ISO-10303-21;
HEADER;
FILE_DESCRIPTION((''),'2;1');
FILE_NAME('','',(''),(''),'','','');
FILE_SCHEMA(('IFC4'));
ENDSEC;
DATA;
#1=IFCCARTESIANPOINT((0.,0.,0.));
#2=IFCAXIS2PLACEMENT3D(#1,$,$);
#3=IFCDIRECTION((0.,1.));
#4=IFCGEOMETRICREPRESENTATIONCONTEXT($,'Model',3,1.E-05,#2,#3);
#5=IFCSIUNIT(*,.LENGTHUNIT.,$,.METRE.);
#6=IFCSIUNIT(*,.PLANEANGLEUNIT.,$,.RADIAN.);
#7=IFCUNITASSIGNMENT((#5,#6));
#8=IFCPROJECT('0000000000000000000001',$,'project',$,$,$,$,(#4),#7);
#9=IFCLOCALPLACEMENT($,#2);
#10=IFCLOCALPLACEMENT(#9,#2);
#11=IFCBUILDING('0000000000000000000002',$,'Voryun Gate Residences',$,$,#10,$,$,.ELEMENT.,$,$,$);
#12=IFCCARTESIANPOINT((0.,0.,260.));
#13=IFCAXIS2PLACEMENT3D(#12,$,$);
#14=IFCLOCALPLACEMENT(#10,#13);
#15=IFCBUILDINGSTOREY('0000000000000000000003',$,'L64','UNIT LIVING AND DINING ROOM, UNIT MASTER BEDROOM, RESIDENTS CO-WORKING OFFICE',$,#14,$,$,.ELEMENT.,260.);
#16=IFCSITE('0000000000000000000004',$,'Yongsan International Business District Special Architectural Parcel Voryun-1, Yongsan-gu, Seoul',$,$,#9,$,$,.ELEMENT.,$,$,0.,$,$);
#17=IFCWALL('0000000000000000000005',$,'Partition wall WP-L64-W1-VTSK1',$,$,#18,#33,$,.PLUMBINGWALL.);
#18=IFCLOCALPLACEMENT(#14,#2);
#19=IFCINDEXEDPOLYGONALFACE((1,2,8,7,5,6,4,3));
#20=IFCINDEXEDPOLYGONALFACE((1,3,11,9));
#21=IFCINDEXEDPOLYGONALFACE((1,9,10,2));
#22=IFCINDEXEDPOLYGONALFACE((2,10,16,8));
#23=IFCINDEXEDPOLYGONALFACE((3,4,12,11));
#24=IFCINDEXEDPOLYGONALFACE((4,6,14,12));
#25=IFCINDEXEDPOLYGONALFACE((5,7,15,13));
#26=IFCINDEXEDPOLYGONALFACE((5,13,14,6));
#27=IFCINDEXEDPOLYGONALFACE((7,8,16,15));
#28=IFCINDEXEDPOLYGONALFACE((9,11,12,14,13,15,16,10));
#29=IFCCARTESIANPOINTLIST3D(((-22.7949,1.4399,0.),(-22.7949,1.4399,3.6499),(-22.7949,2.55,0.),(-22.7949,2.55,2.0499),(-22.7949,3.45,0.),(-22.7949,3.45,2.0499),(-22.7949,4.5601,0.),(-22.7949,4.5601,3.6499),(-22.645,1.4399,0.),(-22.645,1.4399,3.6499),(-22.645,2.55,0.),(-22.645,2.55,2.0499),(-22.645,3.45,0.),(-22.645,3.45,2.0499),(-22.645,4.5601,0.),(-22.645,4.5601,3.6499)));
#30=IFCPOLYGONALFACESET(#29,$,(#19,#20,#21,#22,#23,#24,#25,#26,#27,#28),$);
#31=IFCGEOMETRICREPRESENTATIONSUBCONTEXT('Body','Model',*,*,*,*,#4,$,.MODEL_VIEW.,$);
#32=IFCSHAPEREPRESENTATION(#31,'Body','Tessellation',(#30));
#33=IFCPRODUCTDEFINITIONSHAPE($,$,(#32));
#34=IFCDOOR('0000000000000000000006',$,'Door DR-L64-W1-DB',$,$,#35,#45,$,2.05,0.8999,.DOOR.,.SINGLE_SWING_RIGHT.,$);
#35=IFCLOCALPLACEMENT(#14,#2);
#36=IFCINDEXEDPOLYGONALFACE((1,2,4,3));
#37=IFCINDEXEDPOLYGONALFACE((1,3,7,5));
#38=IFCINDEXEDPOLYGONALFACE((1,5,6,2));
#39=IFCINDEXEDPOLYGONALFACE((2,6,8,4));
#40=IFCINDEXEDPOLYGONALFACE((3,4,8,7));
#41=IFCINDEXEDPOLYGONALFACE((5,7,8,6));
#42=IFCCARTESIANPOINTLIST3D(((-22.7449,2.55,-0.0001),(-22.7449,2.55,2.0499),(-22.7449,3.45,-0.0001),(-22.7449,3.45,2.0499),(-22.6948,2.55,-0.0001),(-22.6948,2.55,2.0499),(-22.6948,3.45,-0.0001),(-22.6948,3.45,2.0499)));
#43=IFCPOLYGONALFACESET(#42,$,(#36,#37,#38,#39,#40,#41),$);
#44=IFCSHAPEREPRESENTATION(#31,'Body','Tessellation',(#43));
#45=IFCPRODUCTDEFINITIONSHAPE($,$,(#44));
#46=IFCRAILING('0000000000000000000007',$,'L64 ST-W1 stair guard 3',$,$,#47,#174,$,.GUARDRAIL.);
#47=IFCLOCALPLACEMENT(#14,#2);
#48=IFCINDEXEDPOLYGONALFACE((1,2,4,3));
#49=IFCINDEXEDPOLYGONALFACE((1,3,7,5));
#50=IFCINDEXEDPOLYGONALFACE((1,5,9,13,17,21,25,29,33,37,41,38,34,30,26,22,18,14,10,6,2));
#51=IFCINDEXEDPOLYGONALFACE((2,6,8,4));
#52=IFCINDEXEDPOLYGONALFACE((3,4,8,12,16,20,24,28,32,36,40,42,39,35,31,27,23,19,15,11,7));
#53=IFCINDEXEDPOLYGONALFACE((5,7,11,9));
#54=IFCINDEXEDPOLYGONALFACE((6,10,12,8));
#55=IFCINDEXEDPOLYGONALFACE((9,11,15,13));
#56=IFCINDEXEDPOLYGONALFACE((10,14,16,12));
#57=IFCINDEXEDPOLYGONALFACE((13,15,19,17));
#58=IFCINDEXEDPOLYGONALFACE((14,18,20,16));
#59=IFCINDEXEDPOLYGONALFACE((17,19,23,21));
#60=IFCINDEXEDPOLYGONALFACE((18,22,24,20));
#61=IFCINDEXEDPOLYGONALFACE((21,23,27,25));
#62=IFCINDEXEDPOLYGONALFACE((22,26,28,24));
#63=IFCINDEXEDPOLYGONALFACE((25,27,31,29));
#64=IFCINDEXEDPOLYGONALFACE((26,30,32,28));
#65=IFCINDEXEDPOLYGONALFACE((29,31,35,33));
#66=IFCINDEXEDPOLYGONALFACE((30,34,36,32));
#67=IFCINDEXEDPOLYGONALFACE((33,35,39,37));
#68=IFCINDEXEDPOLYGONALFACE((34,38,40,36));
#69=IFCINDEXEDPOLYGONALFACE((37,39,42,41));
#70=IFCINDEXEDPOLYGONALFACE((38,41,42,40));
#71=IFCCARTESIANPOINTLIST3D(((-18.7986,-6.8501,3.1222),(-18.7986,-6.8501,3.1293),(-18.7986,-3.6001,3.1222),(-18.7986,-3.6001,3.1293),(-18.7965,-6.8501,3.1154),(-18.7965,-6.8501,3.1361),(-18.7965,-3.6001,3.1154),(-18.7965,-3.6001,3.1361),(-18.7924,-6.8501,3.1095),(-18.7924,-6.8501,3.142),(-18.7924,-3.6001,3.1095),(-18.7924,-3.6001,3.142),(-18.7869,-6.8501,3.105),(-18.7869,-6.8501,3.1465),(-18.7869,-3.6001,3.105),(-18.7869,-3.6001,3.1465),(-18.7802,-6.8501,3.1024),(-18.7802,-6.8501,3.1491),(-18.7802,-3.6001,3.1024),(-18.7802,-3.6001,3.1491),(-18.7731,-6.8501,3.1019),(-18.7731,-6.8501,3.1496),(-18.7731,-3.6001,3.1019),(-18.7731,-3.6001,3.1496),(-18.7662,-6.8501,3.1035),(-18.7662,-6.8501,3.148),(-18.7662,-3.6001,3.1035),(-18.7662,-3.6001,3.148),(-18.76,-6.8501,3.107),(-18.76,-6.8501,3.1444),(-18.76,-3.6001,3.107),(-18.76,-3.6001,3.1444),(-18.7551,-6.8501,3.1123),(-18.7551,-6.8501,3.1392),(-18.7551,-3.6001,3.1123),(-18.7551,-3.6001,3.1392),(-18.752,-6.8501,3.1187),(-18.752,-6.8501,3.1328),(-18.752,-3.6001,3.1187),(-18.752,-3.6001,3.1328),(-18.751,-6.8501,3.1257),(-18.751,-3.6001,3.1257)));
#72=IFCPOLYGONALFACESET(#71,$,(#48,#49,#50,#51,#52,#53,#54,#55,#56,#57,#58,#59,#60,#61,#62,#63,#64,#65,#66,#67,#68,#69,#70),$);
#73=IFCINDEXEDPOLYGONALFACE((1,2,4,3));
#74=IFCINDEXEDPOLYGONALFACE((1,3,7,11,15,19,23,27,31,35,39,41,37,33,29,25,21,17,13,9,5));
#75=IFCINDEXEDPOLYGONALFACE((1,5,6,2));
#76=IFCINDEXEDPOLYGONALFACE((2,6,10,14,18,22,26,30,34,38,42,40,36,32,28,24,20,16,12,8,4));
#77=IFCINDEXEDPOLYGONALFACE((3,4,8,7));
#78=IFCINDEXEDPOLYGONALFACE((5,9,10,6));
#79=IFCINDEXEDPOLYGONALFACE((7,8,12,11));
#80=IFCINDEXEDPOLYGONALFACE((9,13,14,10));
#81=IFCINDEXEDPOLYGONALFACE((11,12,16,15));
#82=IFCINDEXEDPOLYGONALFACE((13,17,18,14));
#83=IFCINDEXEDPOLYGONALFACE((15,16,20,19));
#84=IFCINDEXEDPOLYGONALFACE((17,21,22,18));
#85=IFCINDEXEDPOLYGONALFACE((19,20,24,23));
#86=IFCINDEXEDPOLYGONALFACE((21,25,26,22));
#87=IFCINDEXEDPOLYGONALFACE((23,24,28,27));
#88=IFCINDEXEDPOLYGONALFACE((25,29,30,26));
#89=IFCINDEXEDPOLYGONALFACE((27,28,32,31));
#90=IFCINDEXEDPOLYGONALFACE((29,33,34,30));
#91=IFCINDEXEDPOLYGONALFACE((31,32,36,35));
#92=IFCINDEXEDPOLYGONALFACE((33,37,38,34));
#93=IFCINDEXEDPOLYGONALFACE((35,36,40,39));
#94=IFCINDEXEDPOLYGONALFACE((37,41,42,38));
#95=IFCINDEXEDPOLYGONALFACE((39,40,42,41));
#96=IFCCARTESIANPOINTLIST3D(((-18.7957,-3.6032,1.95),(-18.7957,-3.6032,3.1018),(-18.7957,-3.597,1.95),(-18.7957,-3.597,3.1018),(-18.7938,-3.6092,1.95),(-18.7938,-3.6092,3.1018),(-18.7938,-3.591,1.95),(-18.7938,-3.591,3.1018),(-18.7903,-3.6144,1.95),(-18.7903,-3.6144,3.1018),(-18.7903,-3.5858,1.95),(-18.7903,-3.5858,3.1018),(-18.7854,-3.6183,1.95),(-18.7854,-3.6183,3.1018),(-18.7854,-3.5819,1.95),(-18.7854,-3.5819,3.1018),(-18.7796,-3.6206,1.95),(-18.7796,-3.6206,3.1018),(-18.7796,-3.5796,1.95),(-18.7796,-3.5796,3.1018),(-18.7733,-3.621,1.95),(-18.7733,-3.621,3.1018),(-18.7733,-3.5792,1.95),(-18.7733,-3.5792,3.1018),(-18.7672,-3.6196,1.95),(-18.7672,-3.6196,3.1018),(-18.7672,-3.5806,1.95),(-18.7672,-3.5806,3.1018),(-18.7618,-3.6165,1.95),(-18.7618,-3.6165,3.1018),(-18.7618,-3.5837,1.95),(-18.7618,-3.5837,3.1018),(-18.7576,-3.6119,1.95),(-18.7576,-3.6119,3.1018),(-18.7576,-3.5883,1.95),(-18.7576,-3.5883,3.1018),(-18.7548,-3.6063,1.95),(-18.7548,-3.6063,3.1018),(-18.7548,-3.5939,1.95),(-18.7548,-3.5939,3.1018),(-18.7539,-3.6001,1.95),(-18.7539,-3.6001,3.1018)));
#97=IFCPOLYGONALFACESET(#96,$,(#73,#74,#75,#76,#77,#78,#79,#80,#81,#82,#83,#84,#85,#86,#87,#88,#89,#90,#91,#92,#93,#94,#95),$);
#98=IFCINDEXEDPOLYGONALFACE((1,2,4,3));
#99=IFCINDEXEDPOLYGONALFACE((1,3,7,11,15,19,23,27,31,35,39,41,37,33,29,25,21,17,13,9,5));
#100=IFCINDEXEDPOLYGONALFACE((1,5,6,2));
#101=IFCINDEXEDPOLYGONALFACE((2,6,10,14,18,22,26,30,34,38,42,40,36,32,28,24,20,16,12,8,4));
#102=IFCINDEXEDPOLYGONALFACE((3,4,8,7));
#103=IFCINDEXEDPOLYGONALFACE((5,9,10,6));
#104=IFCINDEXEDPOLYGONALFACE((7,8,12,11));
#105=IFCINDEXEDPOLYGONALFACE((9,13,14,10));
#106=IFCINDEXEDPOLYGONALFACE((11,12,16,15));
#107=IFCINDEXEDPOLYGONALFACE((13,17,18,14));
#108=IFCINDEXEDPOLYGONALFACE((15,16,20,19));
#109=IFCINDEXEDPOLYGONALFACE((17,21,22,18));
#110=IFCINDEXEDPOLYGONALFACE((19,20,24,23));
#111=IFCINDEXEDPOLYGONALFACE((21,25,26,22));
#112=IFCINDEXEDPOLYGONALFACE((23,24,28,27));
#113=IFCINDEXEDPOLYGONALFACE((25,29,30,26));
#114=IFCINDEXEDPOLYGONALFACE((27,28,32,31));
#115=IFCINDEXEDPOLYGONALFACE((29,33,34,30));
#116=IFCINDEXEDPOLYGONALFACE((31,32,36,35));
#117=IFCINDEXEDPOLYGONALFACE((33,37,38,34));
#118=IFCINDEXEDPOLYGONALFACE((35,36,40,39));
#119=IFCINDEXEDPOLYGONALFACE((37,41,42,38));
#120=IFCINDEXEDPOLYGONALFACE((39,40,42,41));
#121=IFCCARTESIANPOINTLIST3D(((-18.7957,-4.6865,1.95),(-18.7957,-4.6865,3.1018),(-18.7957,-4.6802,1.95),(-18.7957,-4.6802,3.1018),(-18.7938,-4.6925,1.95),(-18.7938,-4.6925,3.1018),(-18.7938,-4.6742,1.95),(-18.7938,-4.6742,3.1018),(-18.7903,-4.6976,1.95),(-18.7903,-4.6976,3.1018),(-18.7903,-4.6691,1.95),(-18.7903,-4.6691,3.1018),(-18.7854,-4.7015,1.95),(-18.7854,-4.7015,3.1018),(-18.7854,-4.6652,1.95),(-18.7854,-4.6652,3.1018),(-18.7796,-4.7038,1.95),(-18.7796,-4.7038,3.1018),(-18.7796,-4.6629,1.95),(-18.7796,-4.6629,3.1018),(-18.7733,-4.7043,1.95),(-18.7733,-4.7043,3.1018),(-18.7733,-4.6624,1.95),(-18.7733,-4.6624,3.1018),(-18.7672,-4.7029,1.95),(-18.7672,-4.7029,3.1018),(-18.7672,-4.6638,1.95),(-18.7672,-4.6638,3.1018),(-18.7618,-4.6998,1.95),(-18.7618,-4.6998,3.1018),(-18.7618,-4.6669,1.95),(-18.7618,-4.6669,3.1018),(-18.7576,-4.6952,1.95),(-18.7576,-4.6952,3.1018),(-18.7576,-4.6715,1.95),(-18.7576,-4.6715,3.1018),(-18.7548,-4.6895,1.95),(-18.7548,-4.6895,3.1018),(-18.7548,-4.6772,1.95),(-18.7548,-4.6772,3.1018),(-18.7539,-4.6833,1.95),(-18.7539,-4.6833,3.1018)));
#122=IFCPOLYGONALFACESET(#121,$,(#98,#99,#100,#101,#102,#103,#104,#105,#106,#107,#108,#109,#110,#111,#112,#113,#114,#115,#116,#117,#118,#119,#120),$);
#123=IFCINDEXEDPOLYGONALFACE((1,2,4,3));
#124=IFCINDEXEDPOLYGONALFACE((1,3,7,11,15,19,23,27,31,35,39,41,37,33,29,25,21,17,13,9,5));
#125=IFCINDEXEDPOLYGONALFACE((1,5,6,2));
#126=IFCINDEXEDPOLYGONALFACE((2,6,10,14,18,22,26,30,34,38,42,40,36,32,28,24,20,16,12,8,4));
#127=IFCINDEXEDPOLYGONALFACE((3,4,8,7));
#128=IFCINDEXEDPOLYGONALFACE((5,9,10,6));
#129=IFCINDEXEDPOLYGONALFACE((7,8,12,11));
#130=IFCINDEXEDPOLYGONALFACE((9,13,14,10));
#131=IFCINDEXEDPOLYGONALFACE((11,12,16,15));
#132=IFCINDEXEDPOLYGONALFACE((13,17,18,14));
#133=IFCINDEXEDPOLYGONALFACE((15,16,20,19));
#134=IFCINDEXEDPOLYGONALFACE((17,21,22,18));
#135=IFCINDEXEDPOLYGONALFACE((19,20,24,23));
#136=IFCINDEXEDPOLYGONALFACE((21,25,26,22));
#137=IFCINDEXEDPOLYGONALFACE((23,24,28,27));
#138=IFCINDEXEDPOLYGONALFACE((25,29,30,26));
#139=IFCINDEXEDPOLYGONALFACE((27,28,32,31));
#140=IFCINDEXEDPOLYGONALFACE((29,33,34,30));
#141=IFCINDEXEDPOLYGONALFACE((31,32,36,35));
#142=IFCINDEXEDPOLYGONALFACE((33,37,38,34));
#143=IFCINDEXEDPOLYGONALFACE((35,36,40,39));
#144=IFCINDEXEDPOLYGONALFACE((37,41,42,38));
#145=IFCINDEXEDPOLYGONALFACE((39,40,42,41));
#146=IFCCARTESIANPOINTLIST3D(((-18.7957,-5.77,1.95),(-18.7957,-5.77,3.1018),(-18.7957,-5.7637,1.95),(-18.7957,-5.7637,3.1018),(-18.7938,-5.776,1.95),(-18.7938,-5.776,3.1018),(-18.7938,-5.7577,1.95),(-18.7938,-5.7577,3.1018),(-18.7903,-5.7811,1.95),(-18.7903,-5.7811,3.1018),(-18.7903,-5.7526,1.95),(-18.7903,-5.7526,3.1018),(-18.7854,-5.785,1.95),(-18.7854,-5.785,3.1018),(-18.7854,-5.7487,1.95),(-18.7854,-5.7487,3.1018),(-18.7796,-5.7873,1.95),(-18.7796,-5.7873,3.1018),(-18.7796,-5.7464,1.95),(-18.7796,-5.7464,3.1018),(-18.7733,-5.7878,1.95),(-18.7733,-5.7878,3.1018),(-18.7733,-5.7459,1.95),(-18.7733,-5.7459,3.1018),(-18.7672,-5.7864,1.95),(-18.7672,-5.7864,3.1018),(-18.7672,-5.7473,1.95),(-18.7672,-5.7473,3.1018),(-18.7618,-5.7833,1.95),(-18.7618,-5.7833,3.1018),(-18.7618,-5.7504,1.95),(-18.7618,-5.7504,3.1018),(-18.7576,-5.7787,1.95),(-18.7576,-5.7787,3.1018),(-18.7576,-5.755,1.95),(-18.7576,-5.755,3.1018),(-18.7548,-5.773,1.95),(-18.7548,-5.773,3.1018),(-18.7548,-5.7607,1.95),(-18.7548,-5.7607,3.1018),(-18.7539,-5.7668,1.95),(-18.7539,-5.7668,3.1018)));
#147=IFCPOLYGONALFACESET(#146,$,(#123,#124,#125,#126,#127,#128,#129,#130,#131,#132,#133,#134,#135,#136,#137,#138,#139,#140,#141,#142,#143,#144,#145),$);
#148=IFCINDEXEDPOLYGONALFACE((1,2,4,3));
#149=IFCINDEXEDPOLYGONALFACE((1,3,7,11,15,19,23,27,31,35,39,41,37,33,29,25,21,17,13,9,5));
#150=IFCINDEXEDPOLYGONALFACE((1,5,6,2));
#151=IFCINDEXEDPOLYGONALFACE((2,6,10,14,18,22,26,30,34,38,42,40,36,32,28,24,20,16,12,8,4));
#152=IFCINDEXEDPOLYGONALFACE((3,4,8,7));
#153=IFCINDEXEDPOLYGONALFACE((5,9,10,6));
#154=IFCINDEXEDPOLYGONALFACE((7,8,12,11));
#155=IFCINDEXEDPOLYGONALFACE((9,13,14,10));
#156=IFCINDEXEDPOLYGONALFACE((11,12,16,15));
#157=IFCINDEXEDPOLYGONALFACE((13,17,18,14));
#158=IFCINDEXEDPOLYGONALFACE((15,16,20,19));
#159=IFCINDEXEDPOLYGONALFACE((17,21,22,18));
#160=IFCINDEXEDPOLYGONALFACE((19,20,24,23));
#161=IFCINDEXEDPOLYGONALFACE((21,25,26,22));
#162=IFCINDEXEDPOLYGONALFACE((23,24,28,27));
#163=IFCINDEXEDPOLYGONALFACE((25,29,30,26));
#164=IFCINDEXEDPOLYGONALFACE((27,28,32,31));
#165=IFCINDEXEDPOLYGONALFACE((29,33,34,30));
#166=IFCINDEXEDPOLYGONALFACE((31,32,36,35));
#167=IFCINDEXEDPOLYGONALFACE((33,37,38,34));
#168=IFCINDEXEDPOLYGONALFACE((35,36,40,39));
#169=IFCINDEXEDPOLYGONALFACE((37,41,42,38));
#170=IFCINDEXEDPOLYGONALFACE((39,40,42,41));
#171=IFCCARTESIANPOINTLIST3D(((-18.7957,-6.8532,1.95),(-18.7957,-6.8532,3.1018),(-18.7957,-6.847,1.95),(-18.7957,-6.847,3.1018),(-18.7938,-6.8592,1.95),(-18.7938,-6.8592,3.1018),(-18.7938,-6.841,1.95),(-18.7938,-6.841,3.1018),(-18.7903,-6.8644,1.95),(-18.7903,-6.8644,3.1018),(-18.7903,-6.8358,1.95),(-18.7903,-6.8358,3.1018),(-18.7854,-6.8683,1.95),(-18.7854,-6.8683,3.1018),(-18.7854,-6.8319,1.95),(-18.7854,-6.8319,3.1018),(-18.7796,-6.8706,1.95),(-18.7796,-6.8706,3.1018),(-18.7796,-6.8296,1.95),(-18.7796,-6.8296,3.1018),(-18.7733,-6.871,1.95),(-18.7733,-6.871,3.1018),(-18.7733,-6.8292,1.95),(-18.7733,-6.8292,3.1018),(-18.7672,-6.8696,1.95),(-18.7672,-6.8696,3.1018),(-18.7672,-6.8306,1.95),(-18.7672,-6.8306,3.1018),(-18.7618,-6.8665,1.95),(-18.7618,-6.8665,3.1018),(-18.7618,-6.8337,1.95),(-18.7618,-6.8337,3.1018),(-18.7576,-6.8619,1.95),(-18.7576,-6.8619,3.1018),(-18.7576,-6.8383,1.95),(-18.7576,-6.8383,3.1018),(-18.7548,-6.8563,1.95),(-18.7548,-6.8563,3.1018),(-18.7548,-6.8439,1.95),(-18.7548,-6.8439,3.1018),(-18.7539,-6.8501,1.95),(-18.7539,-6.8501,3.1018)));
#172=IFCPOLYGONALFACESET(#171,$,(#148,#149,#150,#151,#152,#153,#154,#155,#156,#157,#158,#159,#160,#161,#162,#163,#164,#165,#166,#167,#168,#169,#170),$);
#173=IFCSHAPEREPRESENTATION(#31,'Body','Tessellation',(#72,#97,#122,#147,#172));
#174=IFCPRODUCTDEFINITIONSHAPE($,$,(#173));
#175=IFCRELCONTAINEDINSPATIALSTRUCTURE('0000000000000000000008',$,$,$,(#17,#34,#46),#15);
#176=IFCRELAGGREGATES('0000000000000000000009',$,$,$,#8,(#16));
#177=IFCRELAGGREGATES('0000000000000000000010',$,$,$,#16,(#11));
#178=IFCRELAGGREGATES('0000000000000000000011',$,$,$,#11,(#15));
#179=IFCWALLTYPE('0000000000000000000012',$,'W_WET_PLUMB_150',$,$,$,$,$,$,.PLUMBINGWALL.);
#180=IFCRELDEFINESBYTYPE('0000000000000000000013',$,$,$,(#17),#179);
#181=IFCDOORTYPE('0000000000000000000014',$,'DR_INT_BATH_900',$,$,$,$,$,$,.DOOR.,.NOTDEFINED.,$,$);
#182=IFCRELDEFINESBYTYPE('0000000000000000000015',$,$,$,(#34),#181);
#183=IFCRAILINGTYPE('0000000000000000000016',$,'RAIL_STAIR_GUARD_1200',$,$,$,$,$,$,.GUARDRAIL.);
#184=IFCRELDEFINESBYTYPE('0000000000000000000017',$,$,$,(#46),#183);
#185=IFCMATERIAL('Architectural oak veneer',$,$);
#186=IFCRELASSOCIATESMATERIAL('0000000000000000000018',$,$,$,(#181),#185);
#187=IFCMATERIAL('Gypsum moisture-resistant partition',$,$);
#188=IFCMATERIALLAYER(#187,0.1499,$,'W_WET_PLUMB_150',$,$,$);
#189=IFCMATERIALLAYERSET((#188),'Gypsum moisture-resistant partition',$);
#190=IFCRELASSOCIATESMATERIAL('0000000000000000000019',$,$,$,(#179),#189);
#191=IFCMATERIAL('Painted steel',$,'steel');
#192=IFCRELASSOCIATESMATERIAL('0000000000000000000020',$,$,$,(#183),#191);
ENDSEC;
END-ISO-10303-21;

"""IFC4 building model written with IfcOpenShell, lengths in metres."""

from ifc_helpers import new_model, si_unit, direction, frame, frame_2d, origin, origin_2d, place, context, subcontext, project, spatial, rectangle, circle, extrude, material, layer, layer_set, type_object, element, fill, save


model = new_model("IFC4")

# Units and contexts
model_context = context("Model", 3, precision=1e-05, world=origin(), true_north=direction((0.0, 1.0)))
body_context = subcontext(model_context, "Body", "Model", "MODEL_VIEW")
ifc_project = project(units=[si_unit("LENGTHUNIT", "METRE"), si_unit("PLANEANGLEUNIT", "RADIAN")], contexts=[model_context])

# Site, building, storey
site_placement = place(None, origin())
site = spatial("IfcSite", under=ifc_project, at=site_placement, Name="Yongsan International Business District Special Architectural Parcel Voryun-1, Yongsan-gu, Seoul", CompositionType="ELEMENT", RefElevation=0.0)
building_placement = place(site_placement, origin())
building = spatial("IfcBuilding", under=site, at=building_placement, Name="Voryun Gate Residences", CompositionType="ELEMENT")
storey_placement = place(building_placement, frame((0.0, 0.0, 260.0)))
storey = spatial("IfcBuildingStorey", under=building, at=storey_placement, Name="L64", Description="UNIT LIVING AND DINING ROOM, UNIT MASTER BEDROOM, RESIDENTS CO-WORKING OFFICE", CompositionType="ELEMENT", Elevation=260.0)

# Wall, opening, door
ifc_material_1 = material(Name="Architectural oak veneer")
door_type_1 = type_object("IfcDoorType", Name="DR_INT_BATH_900", OperationType="NOTDEFINED", PredefinedType="DOOR", material=ifc_material_1)
ifc_material_2 = material(Name="Gypsum moisture-resistant partition")
ifc_layer_1 = layer(ifc_material_2, 0.1499, Name="W_WET_PLUMB_150")
ifc_layer_set_1 = layer_set([ifc_layer_1], Name="Gypsum moisture-resistant partition")
wall_type_1 = type_object("IfcWallType", Name="W_WET_PLUMB_150", PredefinedType="PLUMBINGWALL", material=ifc_layer_set_1)
wall_1_placement = place(storey_placement, frame((-22.72, 1.4399, 0.0), z_axis=(0.0, 0.0, 1.0), x_axis=(0.0, 1.0, 0.0)))
wall_1 = element("IfcWall", 1, at=wall_1_placement, inside=storey, type_object=wall_type_1, Name="Partition wall WP-L64-W1-VTSK1", PredefinedType="PLUMBINGWALL", context=body_context, shape_type="SweptSolid", body=[
    extrude(rectangle(XDim=3.1201, YDim=0.1499, at=frame_2d((1.5601, 0.0))), origin(), (0.0, 0.0, 1.0), 3.6499),
])
opening_1_placement = place(wall_1_placement, frame((1.1101, 0.0, 0.0)))
opening_1 = element("IfcOpeningElement", 2, at=opening_1_placement, cuts=wall_1, PredefinedType="OPENING", context=body_context, shape_type="SweptSolid", body=[
    extrude(rectangle(XDim=0.8999, YDim=2.05, at=frame_2d((0.45, 1.0249))), frame((0.0, 0.085, 0.0), z_axis=(0.0, -1.0, 0.0), x_axis=(1.0, 0.0, 0.0)), (0.0, 0.0, 1.0), 0.1699),
])
door_1_placement = place(opening_1_placement, origin())
door_1 = element("IfcDoor", 3, at=door_1_placement, inside=storey, type_object=door_type_1, Name="Door DR-L64-W1-DB", OperationType="SINGLE_SWING_RIGHT", OverallHeight=2.05, OverallWidth=0.8999, PredefinedType="DOOR", context=body_context, shape_type="SweptSolid", body=[
    extrude(rectangle(XDim=0.8999, YDim=2.05, at=frame_2d((0.45, 1.0249))), frame((0.0, 0.0249, 0.0), z_axis=(0.0, -1.0, 0.0), x_axis=(1.0, 0.0, 0.0)), (0.0, 0.0, 1.0), 0.05),
])
fill(opening_1, door_1)

# Railing
ifc_material_3 = material(Name="Painted steel", Category="steel")
railing_type_1 = type_object("IfcRailingType", Name="RAIL_STAIR_GUARD_1200", PredefinedType="GUARDRAIL", material=ifc_material_3)
railing_1_placement = place(storey_placement, frame((-18.7749, -3.6001, 1.95)))
element("IfcRailing", 4, at=railing_1_placement, inside=storey, type_object=railing_type_1, Name="L64 ST-W1 stair guard 3", PredefinedType="GUARDRAIL", context=body_context, shape_type="SweptSolid", body=[
    extrude(circle(Radius=0.0239, at=origin_2d()), frame((0.0, 0.0, 1.1758), z_axis=(0.0, -1.0, 0.0), x_axis=(1.0, 0.0, 0.0)), (0.0, 0.0, 1.0), 3.25),
    extrude(circle(Radius=0.021, at=origin_2d()), origin(), (0.0, 0.0, 1.0), 1.1519),
    extrude(circle(Radius=0.021, at=origin_2d()), frame((0.0, -1.0833, 0.0)), (0.0, 0.0, 1.0), 1.1519),
    extrude(circle(Radius=0.021, at=origin_2d()), frame((0.0, -2.1667, 0.0)), (0.0, 0.0, 1.0), 1.1519),
    extrude(circle(Radius=0.021, at=origin_2d()), frame((0.0, -3.25, 0.0)), (0.0, 0.0, 1.0), 1.1519),
])

save(model, "model.ifc")
